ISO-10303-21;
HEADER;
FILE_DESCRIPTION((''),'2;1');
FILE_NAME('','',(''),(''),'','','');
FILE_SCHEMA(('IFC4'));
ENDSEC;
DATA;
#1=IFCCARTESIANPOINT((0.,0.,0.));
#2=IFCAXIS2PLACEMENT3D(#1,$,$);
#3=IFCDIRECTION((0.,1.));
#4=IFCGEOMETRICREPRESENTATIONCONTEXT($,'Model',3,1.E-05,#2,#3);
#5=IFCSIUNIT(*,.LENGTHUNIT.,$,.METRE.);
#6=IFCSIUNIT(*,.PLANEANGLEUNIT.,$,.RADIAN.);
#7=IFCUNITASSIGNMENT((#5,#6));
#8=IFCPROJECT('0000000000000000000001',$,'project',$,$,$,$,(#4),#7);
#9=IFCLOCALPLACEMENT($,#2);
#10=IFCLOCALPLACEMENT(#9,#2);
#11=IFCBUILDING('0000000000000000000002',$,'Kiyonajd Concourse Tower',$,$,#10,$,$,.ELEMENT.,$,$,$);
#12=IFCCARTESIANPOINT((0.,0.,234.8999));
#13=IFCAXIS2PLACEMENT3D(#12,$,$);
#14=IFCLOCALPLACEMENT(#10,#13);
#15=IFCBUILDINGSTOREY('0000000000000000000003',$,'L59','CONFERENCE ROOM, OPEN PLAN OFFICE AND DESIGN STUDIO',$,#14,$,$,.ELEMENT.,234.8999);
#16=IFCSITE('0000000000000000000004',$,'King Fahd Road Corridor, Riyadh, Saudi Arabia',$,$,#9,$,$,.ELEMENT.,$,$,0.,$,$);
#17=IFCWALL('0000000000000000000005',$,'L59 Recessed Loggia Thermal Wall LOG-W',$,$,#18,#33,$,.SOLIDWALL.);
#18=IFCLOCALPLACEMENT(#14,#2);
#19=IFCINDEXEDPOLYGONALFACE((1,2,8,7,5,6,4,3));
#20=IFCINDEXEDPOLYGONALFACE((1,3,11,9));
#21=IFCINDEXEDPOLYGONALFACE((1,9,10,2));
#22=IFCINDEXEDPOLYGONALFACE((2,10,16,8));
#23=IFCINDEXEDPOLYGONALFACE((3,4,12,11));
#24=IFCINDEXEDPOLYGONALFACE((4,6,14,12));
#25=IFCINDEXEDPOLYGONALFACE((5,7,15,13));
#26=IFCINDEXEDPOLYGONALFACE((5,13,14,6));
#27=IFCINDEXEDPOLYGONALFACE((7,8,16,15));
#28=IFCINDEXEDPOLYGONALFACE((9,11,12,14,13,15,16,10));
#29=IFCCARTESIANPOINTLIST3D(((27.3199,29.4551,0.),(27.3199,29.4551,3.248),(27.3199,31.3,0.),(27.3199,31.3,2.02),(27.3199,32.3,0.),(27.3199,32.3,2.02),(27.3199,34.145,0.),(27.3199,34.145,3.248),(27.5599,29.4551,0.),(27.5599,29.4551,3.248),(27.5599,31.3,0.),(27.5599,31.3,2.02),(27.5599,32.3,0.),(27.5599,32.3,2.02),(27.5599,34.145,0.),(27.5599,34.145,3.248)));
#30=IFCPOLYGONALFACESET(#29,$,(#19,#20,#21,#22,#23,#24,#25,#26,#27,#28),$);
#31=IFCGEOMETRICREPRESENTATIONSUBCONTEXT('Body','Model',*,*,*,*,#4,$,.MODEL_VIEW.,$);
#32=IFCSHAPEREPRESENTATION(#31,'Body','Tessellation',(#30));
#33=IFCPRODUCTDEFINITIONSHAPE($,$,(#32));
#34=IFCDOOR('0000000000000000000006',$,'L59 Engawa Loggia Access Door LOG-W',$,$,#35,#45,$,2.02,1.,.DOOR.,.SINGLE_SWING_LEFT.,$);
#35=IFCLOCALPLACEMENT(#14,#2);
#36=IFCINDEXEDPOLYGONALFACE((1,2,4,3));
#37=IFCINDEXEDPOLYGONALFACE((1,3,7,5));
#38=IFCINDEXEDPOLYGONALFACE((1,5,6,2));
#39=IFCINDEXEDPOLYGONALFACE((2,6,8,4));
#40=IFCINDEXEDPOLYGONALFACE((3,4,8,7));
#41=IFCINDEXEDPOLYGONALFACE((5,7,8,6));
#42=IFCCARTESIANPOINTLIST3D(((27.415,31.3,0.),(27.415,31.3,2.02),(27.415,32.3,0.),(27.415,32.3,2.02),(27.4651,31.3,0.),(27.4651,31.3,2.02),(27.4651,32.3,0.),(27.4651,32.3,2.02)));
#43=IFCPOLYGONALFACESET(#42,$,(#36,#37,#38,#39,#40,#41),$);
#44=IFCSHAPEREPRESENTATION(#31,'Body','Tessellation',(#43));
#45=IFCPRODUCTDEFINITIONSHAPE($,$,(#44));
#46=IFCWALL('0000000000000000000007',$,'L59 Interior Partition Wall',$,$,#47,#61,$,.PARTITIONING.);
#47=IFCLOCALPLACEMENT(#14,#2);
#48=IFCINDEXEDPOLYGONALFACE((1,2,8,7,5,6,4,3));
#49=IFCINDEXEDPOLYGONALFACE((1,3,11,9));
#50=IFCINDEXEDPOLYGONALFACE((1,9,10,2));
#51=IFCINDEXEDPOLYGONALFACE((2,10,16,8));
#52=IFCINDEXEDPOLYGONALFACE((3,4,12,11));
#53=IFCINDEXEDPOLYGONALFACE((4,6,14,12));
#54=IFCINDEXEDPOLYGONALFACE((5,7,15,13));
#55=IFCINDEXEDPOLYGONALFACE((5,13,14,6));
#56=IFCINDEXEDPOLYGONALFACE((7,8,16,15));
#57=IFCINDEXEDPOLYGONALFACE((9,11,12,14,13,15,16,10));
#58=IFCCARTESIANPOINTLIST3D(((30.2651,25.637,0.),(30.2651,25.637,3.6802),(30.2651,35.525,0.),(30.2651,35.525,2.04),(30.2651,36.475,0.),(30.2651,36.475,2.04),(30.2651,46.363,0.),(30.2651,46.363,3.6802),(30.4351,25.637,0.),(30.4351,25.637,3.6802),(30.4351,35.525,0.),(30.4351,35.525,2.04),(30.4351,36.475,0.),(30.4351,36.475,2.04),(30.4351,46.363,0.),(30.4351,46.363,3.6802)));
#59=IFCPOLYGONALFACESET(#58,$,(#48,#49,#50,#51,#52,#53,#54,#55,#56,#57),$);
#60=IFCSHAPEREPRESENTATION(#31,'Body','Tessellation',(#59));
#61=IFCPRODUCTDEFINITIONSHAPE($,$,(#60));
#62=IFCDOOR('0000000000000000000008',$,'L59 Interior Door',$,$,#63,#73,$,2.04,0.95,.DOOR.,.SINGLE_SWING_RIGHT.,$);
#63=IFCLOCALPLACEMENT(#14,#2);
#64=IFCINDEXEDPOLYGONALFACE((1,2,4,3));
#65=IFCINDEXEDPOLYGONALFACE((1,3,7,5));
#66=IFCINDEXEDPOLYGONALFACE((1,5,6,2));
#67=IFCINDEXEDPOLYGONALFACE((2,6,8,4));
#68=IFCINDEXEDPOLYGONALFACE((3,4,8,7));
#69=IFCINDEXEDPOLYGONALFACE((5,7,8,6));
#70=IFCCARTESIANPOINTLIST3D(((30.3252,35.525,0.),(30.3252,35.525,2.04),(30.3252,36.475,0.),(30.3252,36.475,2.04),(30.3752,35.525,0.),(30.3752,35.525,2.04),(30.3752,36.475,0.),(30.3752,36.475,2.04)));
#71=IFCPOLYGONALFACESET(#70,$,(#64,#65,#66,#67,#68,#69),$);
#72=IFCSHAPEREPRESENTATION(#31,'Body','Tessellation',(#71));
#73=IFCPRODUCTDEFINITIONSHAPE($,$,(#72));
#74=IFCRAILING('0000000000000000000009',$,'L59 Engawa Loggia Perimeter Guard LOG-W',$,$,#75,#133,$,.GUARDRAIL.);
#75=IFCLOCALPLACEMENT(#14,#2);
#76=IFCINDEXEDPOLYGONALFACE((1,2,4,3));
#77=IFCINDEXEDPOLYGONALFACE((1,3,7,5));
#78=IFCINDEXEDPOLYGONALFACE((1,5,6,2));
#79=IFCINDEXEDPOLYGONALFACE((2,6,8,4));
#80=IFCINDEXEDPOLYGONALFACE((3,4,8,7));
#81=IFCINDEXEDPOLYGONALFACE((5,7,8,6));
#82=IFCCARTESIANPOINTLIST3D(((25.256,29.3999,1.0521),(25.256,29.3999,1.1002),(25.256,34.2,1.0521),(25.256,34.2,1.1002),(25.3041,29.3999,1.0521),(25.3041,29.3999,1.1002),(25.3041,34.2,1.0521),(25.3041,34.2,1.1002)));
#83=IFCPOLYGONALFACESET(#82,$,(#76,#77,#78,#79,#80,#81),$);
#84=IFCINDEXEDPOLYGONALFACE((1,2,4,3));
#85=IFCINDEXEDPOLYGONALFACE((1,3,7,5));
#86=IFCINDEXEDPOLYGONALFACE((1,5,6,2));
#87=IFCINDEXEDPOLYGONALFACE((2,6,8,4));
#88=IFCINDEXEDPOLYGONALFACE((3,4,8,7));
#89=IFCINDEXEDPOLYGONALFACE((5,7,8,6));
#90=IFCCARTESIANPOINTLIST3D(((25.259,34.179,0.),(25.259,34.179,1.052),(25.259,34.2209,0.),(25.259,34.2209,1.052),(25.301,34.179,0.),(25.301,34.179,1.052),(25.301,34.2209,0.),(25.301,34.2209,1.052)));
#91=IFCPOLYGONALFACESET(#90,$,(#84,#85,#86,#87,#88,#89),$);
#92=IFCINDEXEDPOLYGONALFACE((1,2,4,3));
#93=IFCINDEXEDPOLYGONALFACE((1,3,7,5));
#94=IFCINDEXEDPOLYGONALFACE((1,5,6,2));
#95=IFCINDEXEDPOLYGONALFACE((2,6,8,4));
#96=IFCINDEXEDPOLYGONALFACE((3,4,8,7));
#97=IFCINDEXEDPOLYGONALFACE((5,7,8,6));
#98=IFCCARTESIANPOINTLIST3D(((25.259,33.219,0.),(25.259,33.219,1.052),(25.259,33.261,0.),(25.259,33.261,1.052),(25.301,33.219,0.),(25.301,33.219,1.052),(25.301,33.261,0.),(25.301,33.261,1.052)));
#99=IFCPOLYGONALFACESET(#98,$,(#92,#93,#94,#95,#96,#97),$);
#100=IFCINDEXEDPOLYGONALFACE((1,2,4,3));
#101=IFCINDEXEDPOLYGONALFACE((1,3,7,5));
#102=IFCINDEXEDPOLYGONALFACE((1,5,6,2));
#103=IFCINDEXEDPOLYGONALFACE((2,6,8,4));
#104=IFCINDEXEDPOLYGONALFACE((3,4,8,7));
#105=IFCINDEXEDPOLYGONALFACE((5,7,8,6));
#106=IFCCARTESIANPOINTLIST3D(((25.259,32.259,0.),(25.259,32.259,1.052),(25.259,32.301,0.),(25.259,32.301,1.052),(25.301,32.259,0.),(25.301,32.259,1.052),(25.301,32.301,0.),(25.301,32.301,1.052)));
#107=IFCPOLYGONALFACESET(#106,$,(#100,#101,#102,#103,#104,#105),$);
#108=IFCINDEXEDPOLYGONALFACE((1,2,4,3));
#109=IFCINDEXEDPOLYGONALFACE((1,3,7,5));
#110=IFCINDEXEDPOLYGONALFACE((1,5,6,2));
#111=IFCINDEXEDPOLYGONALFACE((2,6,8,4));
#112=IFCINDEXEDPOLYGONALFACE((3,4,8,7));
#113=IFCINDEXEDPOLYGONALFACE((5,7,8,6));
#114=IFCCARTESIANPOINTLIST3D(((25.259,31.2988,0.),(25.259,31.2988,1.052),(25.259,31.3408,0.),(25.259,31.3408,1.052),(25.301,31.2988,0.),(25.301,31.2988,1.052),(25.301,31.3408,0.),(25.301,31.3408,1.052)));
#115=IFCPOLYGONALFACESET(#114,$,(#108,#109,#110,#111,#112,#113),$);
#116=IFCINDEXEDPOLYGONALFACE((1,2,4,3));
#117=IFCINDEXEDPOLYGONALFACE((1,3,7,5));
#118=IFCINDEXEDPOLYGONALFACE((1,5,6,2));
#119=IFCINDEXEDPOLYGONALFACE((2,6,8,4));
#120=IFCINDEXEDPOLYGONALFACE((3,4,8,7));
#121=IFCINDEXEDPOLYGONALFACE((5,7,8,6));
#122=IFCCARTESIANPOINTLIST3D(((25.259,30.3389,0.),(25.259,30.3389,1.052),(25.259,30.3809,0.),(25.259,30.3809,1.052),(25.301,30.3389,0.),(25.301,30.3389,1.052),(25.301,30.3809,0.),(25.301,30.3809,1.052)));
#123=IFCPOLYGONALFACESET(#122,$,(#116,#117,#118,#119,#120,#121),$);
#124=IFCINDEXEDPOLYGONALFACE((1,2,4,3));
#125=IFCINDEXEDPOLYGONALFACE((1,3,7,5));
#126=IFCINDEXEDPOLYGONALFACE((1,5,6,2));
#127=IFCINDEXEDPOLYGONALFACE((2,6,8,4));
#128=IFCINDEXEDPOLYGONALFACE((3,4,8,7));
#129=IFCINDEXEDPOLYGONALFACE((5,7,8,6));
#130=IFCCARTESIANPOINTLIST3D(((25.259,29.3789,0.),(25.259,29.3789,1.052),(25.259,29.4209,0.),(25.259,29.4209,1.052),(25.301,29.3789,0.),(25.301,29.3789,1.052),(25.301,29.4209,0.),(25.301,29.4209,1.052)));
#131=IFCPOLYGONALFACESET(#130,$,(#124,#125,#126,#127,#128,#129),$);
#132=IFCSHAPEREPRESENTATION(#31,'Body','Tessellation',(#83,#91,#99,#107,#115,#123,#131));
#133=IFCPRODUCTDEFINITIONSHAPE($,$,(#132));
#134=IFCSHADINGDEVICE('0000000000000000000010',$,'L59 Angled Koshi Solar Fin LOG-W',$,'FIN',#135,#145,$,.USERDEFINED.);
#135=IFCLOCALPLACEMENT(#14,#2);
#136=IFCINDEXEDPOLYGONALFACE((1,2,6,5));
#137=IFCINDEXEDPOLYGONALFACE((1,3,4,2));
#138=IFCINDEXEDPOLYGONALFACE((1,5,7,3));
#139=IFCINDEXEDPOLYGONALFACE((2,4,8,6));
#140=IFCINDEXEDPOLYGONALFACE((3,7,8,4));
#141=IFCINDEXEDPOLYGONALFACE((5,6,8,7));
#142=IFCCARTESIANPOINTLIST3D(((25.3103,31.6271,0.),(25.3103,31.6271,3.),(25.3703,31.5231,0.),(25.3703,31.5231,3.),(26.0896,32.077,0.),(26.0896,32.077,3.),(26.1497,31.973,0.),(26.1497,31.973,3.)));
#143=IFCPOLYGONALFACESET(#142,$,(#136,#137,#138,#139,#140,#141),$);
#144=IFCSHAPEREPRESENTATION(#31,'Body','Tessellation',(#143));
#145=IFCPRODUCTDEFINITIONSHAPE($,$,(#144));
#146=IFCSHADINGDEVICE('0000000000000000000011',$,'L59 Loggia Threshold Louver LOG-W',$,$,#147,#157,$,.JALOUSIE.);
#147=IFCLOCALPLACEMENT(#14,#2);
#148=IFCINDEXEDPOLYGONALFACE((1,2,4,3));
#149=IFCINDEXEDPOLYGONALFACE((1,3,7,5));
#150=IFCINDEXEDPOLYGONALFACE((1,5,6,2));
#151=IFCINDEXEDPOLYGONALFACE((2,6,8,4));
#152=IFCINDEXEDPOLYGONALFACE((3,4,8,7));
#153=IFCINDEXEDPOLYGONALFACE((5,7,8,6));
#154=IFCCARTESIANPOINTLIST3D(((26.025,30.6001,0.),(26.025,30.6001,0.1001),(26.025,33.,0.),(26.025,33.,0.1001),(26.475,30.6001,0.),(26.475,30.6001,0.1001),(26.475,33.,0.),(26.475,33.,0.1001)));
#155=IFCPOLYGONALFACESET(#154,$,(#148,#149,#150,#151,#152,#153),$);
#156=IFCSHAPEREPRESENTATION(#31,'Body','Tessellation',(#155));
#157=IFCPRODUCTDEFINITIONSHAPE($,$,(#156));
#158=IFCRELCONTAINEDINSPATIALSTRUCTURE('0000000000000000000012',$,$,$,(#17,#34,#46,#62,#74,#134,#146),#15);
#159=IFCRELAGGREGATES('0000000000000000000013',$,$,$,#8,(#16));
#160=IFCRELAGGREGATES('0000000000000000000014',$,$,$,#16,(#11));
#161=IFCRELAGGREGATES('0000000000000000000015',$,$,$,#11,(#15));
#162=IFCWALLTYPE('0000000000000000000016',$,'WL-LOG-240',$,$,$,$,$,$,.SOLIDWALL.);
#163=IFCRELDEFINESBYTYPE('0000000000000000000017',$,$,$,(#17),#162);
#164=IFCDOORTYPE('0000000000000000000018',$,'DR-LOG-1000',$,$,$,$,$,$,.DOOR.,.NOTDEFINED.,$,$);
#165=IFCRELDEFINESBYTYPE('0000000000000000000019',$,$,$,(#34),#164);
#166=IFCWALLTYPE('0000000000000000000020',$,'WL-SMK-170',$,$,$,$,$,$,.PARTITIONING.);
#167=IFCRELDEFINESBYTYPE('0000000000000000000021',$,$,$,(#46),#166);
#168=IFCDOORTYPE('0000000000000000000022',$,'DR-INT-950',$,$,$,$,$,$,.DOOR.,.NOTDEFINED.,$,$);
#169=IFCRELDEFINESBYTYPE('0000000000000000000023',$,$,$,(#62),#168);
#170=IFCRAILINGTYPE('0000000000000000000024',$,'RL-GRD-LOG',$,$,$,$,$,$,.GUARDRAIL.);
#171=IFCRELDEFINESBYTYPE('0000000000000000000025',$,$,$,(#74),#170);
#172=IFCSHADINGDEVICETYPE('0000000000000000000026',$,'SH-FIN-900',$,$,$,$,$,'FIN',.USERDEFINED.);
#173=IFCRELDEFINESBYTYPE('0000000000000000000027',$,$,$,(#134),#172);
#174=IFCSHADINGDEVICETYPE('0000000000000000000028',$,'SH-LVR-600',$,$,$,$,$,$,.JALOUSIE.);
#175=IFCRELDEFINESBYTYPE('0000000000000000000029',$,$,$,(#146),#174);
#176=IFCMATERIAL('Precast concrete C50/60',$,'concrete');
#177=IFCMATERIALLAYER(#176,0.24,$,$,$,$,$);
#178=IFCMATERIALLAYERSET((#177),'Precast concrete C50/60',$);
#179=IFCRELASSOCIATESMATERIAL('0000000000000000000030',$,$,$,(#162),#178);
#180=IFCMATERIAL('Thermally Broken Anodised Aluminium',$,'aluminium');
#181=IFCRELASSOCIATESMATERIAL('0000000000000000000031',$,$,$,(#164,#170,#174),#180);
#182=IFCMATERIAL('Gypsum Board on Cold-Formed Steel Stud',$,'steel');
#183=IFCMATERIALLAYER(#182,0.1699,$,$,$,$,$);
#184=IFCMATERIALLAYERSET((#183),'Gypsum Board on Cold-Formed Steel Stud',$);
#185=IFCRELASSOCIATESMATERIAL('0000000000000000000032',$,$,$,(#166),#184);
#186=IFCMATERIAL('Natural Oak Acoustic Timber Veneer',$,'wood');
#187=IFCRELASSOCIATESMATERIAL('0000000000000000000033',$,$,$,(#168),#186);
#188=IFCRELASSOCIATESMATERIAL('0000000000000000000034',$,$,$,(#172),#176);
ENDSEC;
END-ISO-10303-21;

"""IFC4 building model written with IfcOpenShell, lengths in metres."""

from ifc_helpers import new_model, si_unit, direction, frame, frame_2d, origin, origin_2d, place, context, subcontext, project, spatial, rectangle, extrude, material, layer, layer_set, type_object, element, fill, save


model = new_model("IFC4")

# Units and contexts
model_context = context("Model", 3, precision=1e-05, world=origin(), true_north=direction((0.0, 1.0)))
body_context = subcontext(model_context, "Body", "Model", "MODEL_VIEW")
ifc_project = project(units=[si_unit("LENGTHUNIT", "METRE"), si_unit("PLANEANGLEUNIT", "RADIAN")], contexts=[model_context])

# Site, building, storey
site_placement = place(None, origin())
site = spatial("IfcSite", under=ifc_project, at=site_placement, Name="King Fahd Road Corridor, Riyadh, Saudi Arabia", CompositionType="ELEMENT", RefElevation=0.0)
building_placement = place(site_placement, origin())
building = spatial("IfcBuilding", under=site, at=building_placement, Name="Kiyonajd Concourse Tower", CompositionType="ELEMENT")
storey_placement = place(building_placement, frame((0.0, 0.0, 234.8999)))
storey = spatial("IfcBuildingStorey", under=building, at=storey_placement, Name="L59", Description="CONFERENCE ROOM, OPEN PLAN OFFICE AND DESIGN STUDIO", CompositionType="ELEMENT", Elevation=234.8999)

# Shared definitions
ifc_material_1 = material(Name="Thermally Broken Anodised Aluminium", Category="aluminium")

# Shared definitions
ifc_material_2 = material(Name="Precast concrete C50/60", Category="concrete")

# Walls, openings, doors
ifc_layer_1 = layer(ifc_material_2, 0.24)
ifc_layer_set_1 = layer_set([ifc_layer_1], Name="Precast concrete C50/60")
wall_type_1 = type_object("IfcWallType", Name="WL-LOG-240", PredefinedType="SOLIDWALL", material=ifc_layer_set_1)
wall_1_placement = place(storey_placement, frame((27.4399, 29.4551, 0.0), z_axis=(0.0, 0.0, 1.0), x_axis=(0.0, 1.0, 0.0)))
wall_1 = element("IfcWall", 1, at=wall_1_placement, inside=storey, type_object=wall_type_1, Name="L59 Recessed Loggia Thermal Wall LOG-W", PredefinedType="SOLIDWALL", context=body_context, shape_type="SweptSolid", body=[
    extrude(rectangle(XDim=4.6899, YDim=0.24, at=frame_2d((2.345, 0.0))), origin(), (0.0, 0.0, 1.0), 3.248),
])
opening_1_placement = place(wall_1_placement, frame((1.845, 0.0, 0.0)))
opening_1 = element("IfcOpeningElement", 2, at=opening_1_placement, cuts=wall_1, PredefinedType="OPENING", context=body_context, shape_type="SweptSolid", body=[
    extrude(rectangle(XDim=1.0, YDim=2.02, at=frame_2d((0.5, 1.01))), frame((0.0, 0.1299, 0.0), z_axis=(0.0, -1.0, 0.0), x_axis=(1.0, 0.0, 0.0)), (0.0, 0.0, 1.0), 0.26),
])
door_type_1 = type_object("IfcDoorType", Name="DR-LOG-1000", OperationType="NOTDEFINED", PredefinedType="DOOR", material=ifc_material_1)
door_1_placement = place(opening_1_placement, origin())
door_1 = element("IfcDoor", 3, at=door_1_placement, inside=storey, type_object=door_type_1, Name="L59 Engawa Loggia Access Door LOG-W", OperationType="SINGLE_SWING_LEFT", OverallHeight=2.02, OverallWidth=1.0, PredefinedType="DOOR", context=body_context, shape_type="SweptSolid", body=[
    extrude(rectangle(XDim=1.0, YDim=2.02, at=frame_2d((0.5, 1.01))), frame((0.0, 0.0249, 0.0), z_axis=(0.0, -1.0, 0.0), x_axis=(1.0, 0.0, 0.0)), (0.0, 0.0, 1.0), 0.05),
])
fill(opening_1, door_1)
ifc_material_3 = material(Name="Gypsum Board on Cold-Formed Steel Stud", Category="steel")
ifc_layer_2 = layer(ifc_material_3, 0.1699)
ifc_layer_set_2 = layer_set([ifc_layer_2], Name="Gypsum Board on Cold-Formed Steel Stud")
wall_type_2 = type_object("IfcWallType", Name="WL-SMK-170", PredefinedType="PARTITIONING", material=ifc_layer_set_2)
wall_2_placement = place(storey_placement, frame((30.3501, 25.637, 0.0), z_axis=(0.0, 0.0, 1.0), x_axis=(0.0, 1.0, 0.0)))
wall_2 = element("IfcWall", 4, at=wall_2_placement, inside=storey, type_object=wall_type_2, Name="L59 Interior Partition Wall", PredefinedType="PARTITIONING", context=body_context, shape_type="SweptSolid", body=[
    extrude(rectangle(XDim=20.7261, YDim=0.1699, at=frame_2d((10.363, 0.0))), origin(), (0.0, 0.0, 1.0), 3.6802),
])
opening_2_placement = place(wall_2_placement, frame((9.8879, 0.0, 0.0)))
opening_2 = element("IfcOpeningElement", 5, at=opening_2_placement, cuts=wall_2, PredefinedType="OPENING", context=body_context, shape_type="SweptSolid", body=[
    extrude(rectangle(XDim=0.95, YDim=2.04, at=frame_2d((0.4751, 1.02))), frame((0.0, 0.095, 0.0), z_axis=(0.0, -1.0, 0.0), x_axis=(1.0, 0.0, 0.0)), (0.0, 0.0, 1.0), 0.1899),
])
ifc_material_4 = material(Name="Natural Oak Acoustic Timber Veneer", Category="wood")
door_type_2 = type_object("IfcDoorType", Name="DR-INT-950", OperationType="NOTDEFINED", PredefinedType="DOOR", material=ifc_material_4)
door_2_placement = place(opening_2_placement, origin())
door_2 = element("IfcDoor", 6, at=door_2_placement, inside=storey, type_object=door_type_2, Name="L59 Interior Door", OperationType="SINGLE_SWING_RIGHT", OverallHeight=2.04, OverallWidth=0.95, PredefinedType="DOOR", context=body_context, shape_type="SweptSolid", body=[
    extrude(rectangle(XDim=0.95, YDim=2.04, at=frame_2d((0.4751, 1.02))), frame((0.0, 0.0249, 0.0), z_axis=(0.0, -1.0, 0.0), x_axis=(1.0, 0.0, 0.0)), (0.0, 0.0, 1.0), 0.05),
])
fill(opening_2, door_2)

# Railing
railing_type = type_object("IfcRailingType", Name="RL-GRD-LOG", PredefinedType="GUARDRAIL", material=ifc_material_1)
railing_placement = place(storey_placement, frame((25.28, 34.2, 0.0)))
element("IfcRailing", 7, at=railing_placement, inside=storey, type_object=railing_type, Name="L59 Engawa Loggia Perimeter Guard LOG-W", PredefinedType="GUARDRAIL", context=body_context, shape_type="SweptSolid", body=[
    extrude(rectangle(XDim=0.0481, YDim=0.0481, at=origin_2d()), frame((0.0, 0.0, 1.0762), z_axis=(0.0, -1.0, 0.0), x_axis=(1.0, 0.0, 0.0)), (0.0, 0.0, 1.0), 4.8),
    extrude(rectangle(XDim=0.042, YDim=0.042, at=origin_2d()), origin(), (0.0, 0.0, 1.0), 1.052),
    extrude(rectangle(XDim=0.042, YDim=0.042, at=origin_2d()), frame((0.0, -0.96, 0.0)), (0.0, 0.0, 1.0), 1.052),
    extrude(rectangle(XDim=0.042, YDim=0.042, at=origin_2d()), frame((0.0, -1.9199, 0.0)), (0.0, 0.0, 1.0), 1.052),
    extrude(rectangle(XDim=0.042, YDim=0.042, at=origin_2d()), frame((0.0, -2.8801, 0.0)), (0.0, 0.0, 1.0), 1.052),
    extrude(rectangle(XDim=0.042, YDim=0.042, at=origin_2d()), frame((0.0, -3.8401, 0.0)), (0.0, 0.0, 1.0), 1.052),
    extrude(rectangle(XDim=0.042, YDim=0.042, at=origin_2d()), frame((0.0, -4.8, 0.0)), (0.0, 0.0, 1.0), 1.052),
])

# Shading devices
shading_device_type_1 = type_object("IfcShadingDeviceType", Name="SH-FIN-900", ElementType="FIN", PredefinedType="USERDEFINED", material=ifc_material_2)
shading_device_1_placement = place(storey_placement, frame((25.73, 31.8, 0.0), z_axis=(0.0, 0.0, 1.0), x_axis=(0.866025, 0.5, 0.0)))
element("IfcShadingDevice", 8, at=shading_device_1_placement, inside=storey, type_object=shading_device_type_1, Name="L59 Angled Koshi Solar Fin LOG-W", ObjectType="FIN", PredefinedType="USERDEFINED", context=body_context, shape_type="SweptSolid", body=[
    extrude(rectangle(XDim=0.8999, YDim=0.1201, at=origin_2d()), origin(), (0.0, 0.0, 1.0), 3.0),
])
shading_device_type_2 = type_object("IfcShadingDeviceType", Name="SH-LVR-600", PredefinedType="JALOUSIE", material=ifc_material_1)
shading_device_2_placement = place(storey_placement, frame((26.25, 31.8, 0.0), z_axis=(0.0, 0.0, 1.0), x_axis=(0.0, 1.0, 0.0)))
element("IfcShadingDevice", 9, at=shading_device_2_placement, inside=storey, type_object=shading_device_type_2, Name="L59 Loggia Threshold Louver LOG-W", PredefinedType="JALOUSIE", context=body_context, shape_type="SweptSolid", body=[
    extrude(rectangle(XDim=2.3999, YDim=0.45, at=origin_2d()), origin(), (0.0, 0.0, 1.0), 0.1001),
])

save(model, "model.ifc")
